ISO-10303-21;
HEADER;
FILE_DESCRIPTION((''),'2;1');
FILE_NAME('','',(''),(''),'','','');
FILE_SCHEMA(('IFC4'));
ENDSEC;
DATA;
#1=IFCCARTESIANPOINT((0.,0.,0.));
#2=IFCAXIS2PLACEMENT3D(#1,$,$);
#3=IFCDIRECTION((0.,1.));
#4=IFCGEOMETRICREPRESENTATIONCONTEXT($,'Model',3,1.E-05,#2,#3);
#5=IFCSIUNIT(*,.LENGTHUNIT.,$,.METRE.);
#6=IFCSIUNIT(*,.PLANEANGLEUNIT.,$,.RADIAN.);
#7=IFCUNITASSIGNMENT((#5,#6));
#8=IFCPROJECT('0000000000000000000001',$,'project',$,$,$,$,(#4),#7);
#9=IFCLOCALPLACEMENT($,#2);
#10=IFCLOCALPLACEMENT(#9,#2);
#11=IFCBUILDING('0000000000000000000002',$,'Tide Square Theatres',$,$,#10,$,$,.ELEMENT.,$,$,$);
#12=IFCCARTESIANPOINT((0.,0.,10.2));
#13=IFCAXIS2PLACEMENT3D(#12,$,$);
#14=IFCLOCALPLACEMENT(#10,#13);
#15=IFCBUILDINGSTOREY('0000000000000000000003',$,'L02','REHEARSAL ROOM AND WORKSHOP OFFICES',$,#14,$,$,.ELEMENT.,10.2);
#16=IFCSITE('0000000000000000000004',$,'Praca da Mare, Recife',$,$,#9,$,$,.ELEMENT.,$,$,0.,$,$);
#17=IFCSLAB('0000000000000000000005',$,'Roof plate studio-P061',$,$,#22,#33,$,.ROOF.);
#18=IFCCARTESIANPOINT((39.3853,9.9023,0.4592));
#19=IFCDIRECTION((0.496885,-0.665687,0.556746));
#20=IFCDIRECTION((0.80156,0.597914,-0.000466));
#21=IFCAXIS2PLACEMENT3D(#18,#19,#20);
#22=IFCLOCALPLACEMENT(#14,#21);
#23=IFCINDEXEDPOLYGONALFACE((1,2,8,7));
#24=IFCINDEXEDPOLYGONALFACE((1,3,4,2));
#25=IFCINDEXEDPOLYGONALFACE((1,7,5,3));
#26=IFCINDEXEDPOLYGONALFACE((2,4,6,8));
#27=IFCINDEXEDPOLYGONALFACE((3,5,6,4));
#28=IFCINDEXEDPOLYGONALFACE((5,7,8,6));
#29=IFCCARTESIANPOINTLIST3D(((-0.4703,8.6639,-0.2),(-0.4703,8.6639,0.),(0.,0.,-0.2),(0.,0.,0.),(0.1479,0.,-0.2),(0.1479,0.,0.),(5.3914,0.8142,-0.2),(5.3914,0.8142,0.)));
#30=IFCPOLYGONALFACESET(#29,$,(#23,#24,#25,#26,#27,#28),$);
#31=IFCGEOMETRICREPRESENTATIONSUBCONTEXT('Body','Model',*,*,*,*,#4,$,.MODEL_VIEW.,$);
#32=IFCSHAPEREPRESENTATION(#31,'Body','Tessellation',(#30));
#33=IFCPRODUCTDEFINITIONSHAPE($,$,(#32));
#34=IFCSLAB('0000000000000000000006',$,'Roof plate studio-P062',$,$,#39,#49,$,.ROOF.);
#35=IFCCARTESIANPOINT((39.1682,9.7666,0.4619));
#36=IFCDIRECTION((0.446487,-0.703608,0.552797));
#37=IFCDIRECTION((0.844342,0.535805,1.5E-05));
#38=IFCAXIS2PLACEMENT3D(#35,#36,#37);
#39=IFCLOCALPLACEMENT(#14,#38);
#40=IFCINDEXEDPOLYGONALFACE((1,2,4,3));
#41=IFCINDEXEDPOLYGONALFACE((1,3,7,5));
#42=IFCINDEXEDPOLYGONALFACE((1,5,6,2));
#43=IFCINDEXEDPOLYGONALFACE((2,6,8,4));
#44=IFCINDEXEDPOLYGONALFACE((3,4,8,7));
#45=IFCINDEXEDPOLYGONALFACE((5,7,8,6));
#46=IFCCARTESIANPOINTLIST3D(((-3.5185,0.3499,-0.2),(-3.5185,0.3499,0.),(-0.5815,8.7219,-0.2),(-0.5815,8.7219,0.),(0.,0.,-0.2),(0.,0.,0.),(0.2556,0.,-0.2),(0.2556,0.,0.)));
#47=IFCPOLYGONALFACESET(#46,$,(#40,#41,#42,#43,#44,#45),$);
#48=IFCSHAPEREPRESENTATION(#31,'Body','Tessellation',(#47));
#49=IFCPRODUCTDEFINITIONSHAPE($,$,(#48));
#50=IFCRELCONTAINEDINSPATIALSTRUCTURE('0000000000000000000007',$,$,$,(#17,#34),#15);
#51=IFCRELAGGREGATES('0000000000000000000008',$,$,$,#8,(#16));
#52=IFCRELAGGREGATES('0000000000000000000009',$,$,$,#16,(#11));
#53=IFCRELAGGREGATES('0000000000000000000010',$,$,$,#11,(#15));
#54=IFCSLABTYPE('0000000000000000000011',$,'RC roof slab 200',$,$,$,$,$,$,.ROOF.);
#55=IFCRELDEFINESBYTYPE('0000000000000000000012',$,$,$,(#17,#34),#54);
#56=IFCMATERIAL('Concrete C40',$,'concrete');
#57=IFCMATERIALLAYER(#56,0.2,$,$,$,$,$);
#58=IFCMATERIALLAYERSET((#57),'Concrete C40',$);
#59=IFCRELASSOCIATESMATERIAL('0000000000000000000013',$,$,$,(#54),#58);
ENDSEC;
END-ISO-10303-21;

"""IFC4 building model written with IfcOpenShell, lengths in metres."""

from ifc_helpers import new_model, si_unit, direction, frame, origin, place, context, subcontext, project, spatial, polyline, outline, extrude, material, layer, layer_set, type_object, element, save


model = new_model("IFC4")

# Units and contexts
model_context = context("Model", 3, precision=1e-05, world=origin(), true_north=direction((0.0, 1.0)))
body_context = subcontext(model_context, "Body", "Model", "MODEL_VIEW")
ifc_project = project(units=[si_unit("LENGTHUNIT", "METRE"), si_unit("PLANEANGLEUNIT", "RADIAN")], contexts=[model_context])

# Site, building, storey
site_placement = place(None, origin())
site = spatial("IfcSite", under=ifc_project, at=site_placement, Name="Praca da Mare, Recife", CompositionType="ELEMENT", RefElevation=0.0)
building_placement = place(site_placement, origin())
building = spatial("IfcBuilding", under=site, at=building_placement, Name="Tide Square Theatres", CompositionType="ELEMENT")
storey_placement = place(building_placement, frame((0.0, 0.0, 10.2)))
storey = spatial("IfcBuildingStorey", under=building, at=storey_placement, Name="L02", Description="REHEARSAL ROOM AND WORKSHOP OFFICES", CompositionType="ELEMENT", Elevation=10.2)

# Slabs
ifc_material_1 = material(Name="Concrete C40", Category="concrete")
ifc_layer_1 = layer(ifc_material_1, 0.2)
ifc_layer_set_1 = layer_set([ifc_layer_1], Name="Concrete C40")
slab_type = type_object("IfcSlabType", Name="RC roof slab 200", PredefinedType="ROOF", material=ifc_layer_set_1)
slab_1_placement = place(storey_placement, frame((39.3853, 9.9023, 0.4592), z_axis=(0.496885, -0.665687, 0.556746), x_axis=(0.80156, 0.597914, -0.000466)))
element("IfcSlab", 1, at=slab_1_placement, inside=storey, type_object=slab_type, Name="Roof plate studio-P061", PredefinedType="ROOF", context=body_context, shape_type="SweptSolid", body=[
    extrude(outline(polyline([(0.0, 0.0), (0.1479, 0.0), (5.3914, 0.8142), (-0.4703, 8.6639), (0.0, 0.0)])), origin(), (0.0, 0.0, -1.0), 0.2),
])
slab_2_placement = place(storey_placement, frame((39.1682, 9.7666, 0.4619), z_axis=(0.446487, -0.703608, 0.552797), x_axis=(0.844342, 0.535805, 0.000015)))
element("IfcSlab", 2, at=slab_2_placement, inside=storey, type_object=slab_type, Name="Roof plate studio-P062", PredefinedType="ROOF", context=body_context, shape_type="SweptSolid", body=[
    extrude(outline(polyline([(0.0, 0.0), (0.2556, 0.0), (-0.5815, 8.7219), (-3.5185, 0.3499), (0.0, 0.0)])), origin(), (0.0, 0.0, -1.0), 0.2),
])

save(model, "model.ifc")
